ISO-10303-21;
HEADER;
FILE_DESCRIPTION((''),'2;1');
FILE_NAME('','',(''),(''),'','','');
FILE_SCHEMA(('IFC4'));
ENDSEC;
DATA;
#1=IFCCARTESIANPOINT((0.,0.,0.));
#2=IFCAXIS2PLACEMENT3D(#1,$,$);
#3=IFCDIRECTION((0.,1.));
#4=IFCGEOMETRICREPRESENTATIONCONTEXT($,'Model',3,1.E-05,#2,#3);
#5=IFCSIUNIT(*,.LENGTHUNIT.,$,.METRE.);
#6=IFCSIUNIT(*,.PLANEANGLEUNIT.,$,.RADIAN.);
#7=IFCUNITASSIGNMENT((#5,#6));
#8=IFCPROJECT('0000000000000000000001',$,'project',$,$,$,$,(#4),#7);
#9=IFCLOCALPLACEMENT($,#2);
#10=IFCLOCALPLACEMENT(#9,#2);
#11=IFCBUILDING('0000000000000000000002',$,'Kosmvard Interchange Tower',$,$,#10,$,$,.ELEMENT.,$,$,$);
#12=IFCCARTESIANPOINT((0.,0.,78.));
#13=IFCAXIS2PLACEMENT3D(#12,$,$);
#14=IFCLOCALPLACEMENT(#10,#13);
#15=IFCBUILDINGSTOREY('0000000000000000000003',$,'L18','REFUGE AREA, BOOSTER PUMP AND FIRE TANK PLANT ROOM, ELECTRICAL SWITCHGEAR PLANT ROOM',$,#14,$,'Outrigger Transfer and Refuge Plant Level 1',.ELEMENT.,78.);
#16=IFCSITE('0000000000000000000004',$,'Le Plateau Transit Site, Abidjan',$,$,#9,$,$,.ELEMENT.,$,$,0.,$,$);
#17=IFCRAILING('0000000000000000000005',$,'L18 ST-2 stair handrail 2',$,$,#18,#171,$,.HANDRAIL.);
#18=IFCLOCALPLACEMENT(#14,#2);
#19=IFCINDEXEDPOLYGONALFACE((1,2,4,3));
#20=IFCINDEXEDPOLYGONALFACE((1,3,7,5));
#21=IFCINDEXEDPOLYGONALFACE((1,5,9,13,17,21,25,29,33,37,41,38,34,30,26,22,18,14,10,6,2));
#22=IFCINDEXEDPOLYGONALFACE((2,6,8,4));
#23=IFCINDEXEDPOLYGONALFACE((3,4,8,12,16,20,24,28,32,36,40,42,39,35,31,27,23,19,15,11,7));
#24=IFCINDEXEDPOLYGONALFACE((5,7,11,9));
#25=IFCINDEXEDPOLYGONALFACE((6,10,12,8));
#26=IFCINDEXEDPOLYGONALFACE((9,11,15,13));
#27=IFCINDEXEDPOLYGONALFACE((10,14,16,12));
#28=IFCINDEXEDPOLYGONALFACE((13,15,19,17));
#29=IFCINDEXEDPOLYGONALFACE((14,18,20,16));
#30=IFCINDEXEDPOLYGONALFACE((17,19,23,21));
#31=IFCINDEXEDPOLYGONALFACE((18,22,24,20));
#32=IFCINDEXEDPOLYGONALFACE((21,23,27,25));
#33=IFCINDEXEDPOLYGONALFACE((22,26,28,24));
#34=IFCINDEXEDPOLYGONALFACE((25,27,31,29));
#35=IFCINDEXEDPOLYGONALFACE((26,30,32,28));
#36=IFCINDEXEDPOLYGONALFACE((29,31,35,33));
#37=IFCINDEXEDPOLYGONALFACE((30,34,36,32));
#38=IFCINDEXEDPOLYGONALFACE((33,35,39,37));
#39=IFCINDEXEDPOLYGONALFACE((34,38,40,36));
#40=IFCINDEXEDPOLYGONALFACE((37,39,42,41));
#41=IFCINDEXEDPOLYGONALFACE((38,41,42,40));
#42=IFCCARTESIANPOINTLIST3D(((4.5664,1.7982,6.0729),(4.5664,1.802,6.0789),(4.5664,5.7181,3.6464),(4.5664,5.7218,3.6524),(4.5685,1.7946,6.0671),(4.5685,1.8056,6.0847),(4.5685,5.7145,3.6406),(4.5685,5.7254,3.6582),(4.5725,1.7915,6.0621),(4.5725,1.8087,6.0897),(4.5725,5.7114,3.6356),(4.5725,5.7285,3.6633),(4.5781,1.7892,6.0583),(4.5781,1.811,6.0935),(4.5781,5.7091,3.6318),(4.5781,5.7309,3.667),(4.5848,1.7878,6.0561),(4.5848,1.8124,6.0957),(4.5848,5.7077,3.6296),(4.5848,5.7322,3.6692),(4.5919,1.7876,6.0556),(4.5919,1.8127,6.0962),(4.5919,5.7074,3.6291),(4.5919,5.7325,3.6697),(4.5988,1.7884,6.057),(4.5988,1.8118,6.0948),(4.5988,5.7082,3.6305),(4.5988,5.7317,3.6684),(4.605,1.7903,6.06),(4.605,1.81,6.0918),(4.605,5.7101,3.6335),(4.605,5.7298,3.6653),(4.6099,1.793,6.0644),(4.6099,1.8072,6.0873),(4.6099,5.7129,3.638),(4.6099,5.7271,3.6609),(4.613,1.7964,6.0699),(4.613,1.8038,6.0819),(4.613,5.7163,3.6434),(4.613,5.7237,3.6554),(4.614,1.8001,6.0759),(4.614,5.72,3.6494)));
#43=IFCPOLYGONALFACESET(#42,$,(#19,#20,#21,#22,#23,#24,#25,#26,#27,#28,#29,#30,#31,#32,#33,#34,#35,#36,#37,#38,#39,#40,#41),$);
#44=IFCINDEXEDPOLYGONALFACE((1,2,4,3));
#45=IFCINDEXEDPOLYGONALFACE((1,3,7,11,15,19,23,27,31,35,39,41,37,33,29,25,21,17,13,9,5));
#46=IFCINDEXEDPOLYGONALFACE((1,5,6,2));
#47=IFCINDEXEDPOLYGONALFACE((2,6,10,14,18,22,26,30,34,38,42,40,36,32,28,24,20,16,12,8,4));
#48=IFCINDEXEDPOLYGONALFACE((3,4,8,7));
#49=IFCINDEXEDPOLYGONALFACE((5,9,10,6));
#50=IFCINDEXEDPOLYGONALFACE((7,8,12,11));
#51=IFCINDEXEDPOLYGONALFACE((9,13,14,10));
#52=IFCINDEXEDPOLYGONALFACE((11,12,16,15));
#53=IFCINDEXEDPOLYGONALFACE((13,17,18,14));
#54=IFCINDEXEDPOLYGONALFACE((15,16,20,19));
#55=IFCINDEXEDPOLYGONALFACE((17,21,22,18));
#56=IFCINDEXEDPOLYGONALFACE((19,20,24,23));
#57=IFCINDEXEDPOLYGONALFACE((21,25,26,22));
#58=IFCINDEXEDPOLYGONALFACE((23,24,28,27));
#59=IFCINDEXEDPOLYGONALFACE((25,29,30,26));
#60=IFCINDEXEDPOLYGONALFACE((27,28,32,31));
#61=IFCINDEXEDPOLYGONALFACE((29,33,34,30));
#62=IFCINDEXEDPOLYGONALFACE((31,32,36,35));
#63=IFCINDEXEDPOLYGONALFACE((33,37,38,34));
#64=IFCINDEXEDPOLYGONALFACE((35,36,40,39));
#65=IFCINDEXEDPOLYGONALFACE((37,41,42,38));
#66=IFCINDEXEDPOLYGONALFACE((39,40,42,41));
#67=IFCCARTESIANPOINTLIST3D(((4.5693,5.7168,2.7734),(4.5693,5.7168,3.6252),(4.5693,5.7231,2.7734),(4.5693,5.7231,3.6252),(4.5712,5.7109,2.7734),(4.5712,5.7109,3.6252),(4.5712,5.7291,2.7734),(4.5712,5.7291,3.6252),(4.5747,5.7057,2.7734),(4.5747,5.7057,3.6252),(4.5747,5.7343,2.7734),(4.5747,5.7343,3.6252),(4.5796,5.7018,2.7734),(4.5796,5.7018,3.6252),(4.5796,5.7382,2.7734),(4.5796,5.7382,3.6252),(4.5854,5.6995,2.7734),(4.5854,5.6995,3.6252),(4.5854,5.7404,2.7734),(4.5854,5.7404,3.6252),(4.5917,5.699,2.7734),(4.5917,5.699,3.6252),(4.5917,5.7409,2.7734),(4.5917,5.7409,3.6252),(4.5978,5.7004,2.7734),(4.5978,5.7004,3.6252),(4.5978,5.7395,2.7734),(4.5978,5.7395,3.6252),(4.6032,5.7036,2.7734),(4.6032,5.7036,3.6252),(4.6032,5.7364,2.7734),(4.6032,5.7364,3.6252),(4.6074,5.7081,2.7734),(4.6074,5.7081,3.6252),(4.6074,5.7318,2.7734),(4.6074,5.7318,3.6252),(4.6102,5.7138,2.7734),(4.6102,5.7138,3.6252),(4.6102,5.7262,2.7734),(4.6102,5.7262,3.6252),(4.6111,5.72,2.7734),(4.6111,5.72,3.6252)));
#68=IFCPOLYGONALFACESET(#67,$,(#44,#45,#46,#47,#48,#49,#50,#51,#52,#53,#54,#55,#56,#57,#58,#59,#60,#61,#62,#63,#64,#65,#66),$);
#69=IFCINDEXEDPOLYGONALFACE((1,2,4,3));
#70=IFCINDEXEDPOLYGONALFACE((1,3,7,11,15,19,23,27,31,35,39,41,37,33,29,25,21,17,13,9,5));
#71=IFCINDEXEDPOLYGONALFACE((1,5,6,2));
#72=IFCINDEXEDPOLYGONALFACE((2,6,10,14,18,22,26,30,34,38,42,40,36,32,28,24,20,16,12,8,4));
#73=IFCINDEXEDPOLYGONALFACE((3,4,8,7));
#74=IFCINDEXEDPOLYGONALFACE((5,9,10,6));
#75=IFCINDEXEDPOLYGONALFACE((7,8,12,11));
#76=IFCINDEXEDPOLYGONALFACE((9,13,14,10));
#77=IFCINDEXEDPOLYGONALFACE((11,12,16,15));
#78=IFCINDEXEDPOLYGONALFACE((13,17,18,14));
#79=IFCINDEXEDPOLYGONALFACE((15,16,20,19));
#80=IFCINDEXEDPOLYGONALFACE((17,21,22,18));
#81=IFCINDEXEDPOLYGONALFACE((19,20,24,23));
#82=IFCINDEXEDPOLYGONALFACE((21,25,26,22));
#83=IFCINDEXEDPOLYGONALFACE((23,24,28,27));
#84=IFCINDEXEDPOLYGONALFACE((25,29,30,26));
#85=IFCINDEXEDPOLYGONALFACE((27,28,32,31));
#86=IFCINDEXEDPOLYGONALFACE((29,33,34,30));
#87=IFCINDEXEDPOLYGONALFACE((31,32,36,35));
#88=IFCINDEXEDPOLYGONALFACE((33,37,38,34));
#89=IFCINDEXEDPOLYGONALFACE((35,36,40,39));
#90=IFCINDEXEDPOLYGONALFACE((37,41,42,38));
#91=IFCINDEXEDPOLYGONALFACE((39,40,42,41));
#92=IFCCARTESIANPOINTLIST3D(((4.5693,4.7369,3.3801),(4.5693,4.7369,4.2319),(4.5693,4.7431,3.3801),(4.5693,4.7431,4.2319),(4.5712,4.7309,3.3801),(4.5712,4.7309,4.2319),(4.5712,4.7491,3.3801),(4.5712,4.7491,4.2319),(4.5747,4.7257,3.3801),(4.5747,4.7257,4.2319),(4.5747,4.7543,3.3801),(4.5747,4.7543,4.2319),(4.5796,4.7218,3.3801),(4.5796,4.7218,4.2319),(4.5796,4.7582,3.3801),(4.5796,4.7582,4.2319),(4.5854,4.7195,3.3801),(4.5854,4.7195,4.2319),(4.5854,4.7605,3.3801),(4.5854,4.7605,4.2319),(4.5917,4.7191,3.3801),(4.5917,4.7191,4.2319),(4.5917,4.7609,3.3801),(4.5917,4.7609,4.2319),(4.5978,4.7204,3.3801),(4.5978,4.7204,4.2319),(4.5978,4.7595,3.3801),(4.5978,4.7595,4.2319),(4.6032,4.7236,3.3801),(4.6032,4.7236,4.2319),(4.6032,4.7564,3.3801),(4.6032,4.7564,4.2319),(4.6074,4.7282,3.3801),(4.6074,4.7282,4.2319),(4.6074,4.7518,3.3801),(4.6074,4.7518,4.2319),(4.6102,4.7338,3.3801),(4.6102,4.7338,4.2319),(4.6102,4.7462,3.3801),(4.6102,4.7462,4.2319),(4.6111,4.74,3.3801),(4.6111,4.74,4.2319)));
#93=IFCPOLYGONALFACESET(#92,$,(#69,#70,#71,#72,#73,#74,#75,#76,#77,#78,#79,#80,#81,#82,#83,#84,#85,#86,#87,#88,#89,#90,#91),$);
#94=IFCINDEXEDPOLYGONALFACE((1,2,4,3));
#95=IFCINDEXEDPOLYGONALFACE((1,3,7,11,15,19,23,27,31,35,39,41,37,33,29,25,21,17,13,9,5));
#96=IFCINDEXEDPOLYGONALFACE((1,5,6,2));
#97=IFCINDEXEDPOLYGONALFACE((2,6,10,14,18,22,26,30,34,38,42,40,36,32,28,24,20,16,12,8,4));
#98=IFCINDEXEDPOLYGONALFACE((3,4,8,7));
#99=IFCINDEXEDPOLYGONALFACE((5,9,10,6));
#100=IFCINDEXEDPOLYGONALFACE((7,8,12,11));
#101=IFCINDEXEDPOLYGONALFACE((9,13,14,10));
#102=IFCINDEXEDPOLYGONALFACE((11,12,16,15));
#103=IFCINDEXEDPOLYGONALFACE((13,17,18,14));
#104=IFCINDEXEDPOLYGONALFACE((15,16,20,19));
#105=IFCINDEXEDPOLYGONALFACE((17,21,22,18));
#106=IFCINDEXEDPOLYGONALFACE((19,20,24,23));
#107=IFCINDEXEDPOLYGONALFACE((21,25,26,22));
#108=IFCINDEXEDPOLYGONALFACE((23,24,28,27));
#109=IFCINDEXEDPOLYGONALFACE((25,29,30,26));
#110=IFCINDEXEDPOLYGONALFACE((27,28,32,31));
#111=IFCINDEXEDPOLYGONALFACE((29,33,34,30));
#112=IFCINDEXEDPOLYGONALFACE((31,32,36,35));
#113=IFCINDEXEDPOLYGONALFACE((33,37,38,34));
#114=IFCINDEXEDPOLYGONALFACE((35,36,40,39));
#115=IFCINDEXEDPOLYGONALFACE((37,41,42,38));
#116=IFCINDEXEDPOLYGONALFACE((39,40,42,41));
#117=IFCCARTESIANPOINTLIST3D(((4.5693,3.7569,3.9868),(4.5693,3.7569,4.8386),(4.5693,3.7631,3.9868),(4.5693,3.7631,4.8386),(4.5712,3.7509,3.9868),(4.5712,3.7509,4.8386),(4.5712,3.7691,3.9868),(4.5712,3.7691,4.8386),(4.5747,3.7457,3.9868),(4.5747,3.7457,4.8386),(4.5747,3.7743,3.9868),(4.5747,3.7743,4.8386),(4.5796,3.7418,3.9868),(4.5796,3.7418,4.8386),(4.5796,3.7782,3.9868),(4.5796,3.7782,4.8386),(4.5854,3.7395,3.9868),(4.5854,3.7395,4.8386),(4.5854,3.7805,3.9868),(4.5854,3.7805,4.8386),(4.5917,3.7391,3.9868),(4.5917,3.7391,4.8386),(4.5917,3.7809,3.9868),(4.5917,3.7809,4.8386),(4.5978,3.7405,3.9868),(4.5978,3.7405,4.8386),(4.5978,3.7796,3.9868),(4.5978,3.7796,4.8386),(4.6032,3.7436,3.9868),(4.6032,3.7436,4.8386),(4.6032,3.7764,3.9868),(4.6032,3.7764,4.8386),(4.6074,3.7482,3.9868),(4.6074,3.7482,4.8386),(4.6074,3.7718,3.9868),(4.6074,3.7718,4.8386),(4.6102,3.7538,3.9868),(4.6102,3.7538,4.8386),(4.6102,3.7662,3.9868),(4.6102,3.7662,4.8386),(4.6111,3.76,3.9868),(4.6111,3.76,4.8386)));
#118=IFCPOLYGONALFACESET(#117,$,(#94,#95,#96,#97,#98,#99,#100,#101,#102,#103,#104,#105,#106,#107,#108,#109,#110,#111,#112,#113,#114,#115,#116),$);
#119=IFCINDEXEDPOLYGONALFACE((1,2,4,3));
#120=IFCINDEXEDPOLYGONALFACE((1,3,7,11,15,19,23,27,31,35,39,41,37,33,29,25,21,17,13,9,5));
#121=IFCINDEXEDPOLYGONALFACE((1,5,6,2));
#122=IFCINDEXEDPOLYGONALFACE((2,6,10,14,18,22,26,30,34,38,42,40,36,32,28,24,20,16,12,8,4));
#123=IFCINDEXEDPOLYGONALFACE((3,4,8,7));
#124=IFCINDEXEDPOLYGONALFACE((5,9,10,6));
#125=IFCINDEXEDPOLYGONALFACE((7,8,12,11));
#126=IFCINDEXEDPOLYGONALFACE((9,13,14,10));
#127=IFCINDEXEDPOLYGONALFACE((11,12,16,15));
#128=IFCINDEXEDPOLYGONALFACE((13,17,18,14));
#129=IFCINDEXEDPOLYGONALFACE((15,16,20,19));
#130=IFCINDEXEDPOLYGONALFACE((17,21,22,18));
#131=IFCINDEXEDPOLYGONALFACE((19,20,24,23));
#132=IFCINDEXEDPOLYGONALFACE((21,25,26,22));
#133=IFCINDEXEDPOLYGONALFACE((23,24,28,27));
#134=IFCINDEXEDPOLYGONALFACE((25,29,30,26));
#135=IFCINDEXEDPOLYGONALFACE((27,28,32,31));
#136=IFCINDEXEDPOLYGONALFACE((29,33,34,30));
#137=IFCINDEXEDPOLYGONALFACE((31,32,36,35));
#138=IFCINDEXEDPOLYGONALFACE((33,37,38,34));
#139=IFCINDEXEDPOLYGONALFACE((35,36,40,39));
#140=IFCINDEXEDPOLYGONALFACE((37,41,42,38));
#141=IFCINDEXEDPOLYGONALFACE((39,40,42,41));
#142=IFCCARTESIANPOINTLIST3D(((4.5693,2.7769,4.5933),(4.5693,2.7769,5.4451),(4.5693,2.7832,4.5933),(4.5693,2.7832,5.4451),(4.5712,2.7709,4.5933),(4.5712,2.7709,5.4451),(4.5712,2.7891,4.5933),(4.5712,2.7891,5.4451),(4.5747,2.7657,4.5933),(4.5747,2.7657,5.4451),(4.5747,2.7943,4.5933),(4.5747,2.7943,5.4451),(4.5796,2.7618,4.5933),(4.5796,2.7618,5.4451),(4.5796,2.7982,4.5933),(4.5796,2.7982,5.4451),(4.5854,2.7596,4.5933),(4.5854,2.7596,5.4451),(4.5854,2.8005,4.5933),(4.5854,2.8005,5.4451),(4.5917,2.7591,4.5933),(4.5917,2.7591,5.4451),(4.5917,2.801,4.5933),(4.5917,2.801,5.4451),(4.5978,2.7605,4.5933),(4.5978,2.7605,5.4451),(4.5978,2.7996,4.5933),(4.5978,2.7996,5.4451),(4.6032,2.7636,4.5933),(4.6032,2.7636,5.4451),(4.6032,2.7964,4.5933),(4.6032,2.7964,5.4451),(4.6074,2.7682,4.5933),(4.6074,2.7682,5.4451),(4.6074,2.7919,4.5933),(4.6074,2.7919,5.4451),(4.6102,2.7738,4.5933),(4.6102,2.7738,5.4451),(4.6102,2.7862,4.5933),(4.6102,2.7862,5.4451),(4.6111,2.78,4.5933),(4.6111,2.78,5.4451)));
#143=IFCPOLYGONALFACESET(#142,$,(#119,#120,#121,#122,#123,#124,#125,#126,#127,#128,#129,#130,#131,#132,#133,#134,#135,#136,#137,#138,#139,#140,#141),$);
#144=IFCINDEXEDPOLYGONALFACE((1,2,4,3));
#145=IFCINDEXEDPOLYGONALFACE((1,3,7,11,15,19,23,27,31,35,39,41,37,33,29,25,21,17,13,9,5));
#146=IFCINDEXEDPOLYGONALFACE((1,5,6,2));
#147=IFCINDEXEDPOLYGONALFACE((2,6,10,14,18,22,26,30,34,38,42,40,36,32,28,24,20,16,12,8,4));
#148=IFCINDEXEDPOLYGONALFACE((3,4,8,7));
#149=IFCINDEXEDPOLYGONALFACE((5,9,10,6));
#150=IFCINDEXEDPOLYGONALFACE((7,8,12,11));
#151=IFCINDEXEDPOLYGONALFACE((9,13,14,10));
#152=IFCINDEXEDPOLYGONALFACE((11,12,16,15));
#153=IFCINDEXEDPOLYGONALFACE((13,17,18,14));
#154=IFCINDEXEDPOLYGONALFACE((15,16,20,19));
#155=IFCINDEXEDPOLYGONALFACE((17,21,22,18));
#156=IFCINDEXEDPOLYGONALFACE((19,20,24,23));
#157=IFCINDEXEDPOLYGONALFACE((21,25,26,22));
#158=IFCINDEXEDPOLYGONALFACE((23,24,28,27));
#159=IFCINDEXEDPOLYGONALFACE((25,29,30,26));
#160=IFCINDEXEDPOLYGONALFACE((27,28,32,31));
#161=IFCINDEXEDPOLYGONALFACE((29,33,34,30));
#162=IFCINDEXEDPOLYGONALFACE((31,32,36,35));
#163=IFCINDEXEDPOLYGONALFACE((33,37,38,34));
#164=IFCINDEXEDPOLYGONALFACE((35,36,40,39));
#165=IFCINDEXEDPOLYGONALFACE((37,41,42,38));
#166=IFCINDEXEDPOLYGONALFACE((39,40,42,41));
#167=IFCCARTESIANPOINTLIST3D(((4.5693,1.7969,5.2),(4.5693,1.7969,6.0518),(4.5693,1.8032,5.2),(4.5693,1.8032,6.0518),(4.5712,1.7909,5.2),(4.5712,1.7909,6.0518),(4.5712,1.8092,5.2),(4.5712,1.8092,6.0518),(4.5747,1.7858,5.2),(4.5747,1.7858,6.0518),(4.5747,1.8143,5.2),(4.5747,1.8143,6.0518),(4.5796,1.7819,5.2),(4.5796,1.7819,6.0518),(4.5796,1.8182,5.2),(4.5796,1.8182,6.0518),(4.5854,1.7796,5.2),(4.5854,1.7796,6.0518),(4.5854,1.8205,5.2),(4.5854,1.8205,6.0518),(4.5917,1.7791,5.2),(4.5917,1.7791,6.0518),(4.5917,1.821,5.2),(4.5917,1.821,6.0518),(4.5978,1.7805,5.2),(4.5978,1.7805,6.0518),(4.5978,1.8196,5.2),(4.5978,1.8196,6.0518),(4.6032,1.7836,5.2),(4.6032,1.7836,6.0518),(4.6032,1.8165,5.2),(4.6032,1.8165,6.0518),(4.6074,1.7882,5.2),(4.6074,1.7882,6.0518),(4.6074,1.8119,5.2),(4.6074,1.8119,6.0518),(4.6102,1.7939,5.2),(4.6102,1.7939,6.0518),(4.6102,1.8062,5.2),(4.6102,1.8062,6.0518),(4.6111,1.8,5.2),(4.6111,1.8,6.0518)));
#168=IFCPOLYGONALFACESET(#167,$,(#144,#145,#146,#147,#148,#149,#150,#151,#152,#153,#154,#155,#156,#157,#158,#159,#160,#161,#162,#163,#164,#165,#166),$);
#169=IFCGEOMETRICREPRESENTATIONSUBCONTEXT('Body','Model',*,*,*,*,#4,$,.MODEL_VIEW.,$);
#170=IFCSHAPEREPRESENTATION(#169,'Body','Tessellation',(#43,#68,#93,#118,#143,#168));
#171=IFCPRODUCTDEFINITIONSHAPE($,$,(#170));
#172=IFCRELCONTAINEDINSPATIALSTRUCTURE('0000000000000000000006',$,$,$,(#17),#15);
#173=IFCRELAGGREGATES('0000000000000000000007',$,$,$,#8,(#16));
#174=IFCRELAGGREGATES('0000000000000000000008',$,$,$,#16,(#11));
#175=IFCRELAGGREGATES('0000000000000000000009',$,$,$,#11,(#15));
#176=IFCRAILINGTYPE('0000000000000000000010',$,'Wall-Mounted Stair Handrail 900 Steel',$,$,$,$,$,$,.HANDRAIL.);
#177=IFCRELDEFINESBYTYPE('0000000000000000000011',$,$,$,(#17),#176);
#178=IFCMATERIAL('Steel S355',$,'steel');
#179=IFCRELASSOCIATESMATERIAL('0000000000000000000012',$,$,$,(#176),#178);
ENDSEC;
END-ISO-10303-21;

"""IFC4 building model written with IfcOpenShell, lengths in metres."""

from ifc_helpers import new_model, si_unit, direction, frame, origin, origin_2d, place, context, subcontext, project, spatial, circle, extrude, source, transform, mapped, material, type_object, element, save


model = new_model("IFC4")

# Units and contexts
model_context = context("Model", 3, precision=1e-05, world=origin(), true_north=direction((0.0, 1.0)))
body_context = subcontext(model_context, "Body", "Model", "MODEL_VIEW")
ifc_project = project(units=[si_unit("LENGTHUNIT", "METRE"), si_unit("PLANEANGLEUNIT", "RADIAN")], contexts=[model_context])

# Site, building, storey
site_placement = place(None, origin())
site = spatial("IfcSite", under=ifc_project, at=site_placement, Name="Le Plateau Transit Site, Abidjan", CompositionType="ELEMENT", RefElevation=0.0)
building_placement = place(site_placement, origin())
building = spatial("IfcBuilding", under=site, at=building_placement, Name="Kosmvard Interchange Tower", CompositionType="ELEMENT")
storey_placement = place(building_placement, frame((0.0, 0.0, 78.0)))
storey = spatial("IfcBuildingStorey", under=building, at=storey_placement, Name="L18", Description="REFUGE AREA, BOOSTER PUMP AND FIRE TANK PLANT ROOM, ELECTRICAL SWITCHGEAR PLANT ROOM", LongName="Outrigger Transfer and Refuge Plant Level 1", CompositionType="ELEMENT", Elevation=78.0)

# Railing
ifc_material_1 = material(Name="Steel S355", Category="steel")
railing_type_1 = type_object("IfcRailingType", Name="Wall-Mounted Stair Handrail 900 Steel", PredefinedType="HANDRAIL", material=ifc_material_1)
shared_shape_1 = source(origin(), body_context, "Body", "SweptSolid", [
    extrude(circle(Radius=0.0239, at=origin_2d()), frame((0.0, 0.0, 0.876), z_axis=(0.0, -0.850275, 0.526338), x_axis=(1.0, 0.0, 0.0)), (0.0, 0.0, 1.0), 4.6101),
    extrude(circle(Radius=0.021, at=origin_2d()), origin(), (0.0, 0.0, 1.0), 0.8518),
    extrude(circle(Radius=0.021, at=origin_2d()), frame((0.0, -0.98, 0.6067)), (0.0, 0.0, 1.0), 0.8518),
    extrude(circle(Radius=0.021, at=origin_2d()), frame((0.0, -1.96, 1.2134)), (0.0, 0.0, 1.0), 0.8518),
    extrude(circle(Radius=0.021, at=origin_2d()), frame((0.0, -2.9399, 1.8198)), (0.0, 0.0, 1.0), 0.8518),
    extrude(circle(Radius=0.021, at=origin_2d()), frame((0.0, -3.9199, 2.4265)), (0.0, 0.0, 1.0), 0.8518),
])
railing_1_placement = place(storey_placement, frame((4.5901, 5.72, 2.7734)))
element("IfcRailing", 1, at=railing_1_placement, inside=storey, type_object=railing_type_1, Name="L18 ST-2 stair handrail 2", PredefinedType="HANDRAIL", context=body_context, shape_type="MappedRepresentation", body=[
    mapped(shared_shape_1, transform((0.0, 0.0, 0.0), scale=1.0)),
])

save(model, "model.ifc")
